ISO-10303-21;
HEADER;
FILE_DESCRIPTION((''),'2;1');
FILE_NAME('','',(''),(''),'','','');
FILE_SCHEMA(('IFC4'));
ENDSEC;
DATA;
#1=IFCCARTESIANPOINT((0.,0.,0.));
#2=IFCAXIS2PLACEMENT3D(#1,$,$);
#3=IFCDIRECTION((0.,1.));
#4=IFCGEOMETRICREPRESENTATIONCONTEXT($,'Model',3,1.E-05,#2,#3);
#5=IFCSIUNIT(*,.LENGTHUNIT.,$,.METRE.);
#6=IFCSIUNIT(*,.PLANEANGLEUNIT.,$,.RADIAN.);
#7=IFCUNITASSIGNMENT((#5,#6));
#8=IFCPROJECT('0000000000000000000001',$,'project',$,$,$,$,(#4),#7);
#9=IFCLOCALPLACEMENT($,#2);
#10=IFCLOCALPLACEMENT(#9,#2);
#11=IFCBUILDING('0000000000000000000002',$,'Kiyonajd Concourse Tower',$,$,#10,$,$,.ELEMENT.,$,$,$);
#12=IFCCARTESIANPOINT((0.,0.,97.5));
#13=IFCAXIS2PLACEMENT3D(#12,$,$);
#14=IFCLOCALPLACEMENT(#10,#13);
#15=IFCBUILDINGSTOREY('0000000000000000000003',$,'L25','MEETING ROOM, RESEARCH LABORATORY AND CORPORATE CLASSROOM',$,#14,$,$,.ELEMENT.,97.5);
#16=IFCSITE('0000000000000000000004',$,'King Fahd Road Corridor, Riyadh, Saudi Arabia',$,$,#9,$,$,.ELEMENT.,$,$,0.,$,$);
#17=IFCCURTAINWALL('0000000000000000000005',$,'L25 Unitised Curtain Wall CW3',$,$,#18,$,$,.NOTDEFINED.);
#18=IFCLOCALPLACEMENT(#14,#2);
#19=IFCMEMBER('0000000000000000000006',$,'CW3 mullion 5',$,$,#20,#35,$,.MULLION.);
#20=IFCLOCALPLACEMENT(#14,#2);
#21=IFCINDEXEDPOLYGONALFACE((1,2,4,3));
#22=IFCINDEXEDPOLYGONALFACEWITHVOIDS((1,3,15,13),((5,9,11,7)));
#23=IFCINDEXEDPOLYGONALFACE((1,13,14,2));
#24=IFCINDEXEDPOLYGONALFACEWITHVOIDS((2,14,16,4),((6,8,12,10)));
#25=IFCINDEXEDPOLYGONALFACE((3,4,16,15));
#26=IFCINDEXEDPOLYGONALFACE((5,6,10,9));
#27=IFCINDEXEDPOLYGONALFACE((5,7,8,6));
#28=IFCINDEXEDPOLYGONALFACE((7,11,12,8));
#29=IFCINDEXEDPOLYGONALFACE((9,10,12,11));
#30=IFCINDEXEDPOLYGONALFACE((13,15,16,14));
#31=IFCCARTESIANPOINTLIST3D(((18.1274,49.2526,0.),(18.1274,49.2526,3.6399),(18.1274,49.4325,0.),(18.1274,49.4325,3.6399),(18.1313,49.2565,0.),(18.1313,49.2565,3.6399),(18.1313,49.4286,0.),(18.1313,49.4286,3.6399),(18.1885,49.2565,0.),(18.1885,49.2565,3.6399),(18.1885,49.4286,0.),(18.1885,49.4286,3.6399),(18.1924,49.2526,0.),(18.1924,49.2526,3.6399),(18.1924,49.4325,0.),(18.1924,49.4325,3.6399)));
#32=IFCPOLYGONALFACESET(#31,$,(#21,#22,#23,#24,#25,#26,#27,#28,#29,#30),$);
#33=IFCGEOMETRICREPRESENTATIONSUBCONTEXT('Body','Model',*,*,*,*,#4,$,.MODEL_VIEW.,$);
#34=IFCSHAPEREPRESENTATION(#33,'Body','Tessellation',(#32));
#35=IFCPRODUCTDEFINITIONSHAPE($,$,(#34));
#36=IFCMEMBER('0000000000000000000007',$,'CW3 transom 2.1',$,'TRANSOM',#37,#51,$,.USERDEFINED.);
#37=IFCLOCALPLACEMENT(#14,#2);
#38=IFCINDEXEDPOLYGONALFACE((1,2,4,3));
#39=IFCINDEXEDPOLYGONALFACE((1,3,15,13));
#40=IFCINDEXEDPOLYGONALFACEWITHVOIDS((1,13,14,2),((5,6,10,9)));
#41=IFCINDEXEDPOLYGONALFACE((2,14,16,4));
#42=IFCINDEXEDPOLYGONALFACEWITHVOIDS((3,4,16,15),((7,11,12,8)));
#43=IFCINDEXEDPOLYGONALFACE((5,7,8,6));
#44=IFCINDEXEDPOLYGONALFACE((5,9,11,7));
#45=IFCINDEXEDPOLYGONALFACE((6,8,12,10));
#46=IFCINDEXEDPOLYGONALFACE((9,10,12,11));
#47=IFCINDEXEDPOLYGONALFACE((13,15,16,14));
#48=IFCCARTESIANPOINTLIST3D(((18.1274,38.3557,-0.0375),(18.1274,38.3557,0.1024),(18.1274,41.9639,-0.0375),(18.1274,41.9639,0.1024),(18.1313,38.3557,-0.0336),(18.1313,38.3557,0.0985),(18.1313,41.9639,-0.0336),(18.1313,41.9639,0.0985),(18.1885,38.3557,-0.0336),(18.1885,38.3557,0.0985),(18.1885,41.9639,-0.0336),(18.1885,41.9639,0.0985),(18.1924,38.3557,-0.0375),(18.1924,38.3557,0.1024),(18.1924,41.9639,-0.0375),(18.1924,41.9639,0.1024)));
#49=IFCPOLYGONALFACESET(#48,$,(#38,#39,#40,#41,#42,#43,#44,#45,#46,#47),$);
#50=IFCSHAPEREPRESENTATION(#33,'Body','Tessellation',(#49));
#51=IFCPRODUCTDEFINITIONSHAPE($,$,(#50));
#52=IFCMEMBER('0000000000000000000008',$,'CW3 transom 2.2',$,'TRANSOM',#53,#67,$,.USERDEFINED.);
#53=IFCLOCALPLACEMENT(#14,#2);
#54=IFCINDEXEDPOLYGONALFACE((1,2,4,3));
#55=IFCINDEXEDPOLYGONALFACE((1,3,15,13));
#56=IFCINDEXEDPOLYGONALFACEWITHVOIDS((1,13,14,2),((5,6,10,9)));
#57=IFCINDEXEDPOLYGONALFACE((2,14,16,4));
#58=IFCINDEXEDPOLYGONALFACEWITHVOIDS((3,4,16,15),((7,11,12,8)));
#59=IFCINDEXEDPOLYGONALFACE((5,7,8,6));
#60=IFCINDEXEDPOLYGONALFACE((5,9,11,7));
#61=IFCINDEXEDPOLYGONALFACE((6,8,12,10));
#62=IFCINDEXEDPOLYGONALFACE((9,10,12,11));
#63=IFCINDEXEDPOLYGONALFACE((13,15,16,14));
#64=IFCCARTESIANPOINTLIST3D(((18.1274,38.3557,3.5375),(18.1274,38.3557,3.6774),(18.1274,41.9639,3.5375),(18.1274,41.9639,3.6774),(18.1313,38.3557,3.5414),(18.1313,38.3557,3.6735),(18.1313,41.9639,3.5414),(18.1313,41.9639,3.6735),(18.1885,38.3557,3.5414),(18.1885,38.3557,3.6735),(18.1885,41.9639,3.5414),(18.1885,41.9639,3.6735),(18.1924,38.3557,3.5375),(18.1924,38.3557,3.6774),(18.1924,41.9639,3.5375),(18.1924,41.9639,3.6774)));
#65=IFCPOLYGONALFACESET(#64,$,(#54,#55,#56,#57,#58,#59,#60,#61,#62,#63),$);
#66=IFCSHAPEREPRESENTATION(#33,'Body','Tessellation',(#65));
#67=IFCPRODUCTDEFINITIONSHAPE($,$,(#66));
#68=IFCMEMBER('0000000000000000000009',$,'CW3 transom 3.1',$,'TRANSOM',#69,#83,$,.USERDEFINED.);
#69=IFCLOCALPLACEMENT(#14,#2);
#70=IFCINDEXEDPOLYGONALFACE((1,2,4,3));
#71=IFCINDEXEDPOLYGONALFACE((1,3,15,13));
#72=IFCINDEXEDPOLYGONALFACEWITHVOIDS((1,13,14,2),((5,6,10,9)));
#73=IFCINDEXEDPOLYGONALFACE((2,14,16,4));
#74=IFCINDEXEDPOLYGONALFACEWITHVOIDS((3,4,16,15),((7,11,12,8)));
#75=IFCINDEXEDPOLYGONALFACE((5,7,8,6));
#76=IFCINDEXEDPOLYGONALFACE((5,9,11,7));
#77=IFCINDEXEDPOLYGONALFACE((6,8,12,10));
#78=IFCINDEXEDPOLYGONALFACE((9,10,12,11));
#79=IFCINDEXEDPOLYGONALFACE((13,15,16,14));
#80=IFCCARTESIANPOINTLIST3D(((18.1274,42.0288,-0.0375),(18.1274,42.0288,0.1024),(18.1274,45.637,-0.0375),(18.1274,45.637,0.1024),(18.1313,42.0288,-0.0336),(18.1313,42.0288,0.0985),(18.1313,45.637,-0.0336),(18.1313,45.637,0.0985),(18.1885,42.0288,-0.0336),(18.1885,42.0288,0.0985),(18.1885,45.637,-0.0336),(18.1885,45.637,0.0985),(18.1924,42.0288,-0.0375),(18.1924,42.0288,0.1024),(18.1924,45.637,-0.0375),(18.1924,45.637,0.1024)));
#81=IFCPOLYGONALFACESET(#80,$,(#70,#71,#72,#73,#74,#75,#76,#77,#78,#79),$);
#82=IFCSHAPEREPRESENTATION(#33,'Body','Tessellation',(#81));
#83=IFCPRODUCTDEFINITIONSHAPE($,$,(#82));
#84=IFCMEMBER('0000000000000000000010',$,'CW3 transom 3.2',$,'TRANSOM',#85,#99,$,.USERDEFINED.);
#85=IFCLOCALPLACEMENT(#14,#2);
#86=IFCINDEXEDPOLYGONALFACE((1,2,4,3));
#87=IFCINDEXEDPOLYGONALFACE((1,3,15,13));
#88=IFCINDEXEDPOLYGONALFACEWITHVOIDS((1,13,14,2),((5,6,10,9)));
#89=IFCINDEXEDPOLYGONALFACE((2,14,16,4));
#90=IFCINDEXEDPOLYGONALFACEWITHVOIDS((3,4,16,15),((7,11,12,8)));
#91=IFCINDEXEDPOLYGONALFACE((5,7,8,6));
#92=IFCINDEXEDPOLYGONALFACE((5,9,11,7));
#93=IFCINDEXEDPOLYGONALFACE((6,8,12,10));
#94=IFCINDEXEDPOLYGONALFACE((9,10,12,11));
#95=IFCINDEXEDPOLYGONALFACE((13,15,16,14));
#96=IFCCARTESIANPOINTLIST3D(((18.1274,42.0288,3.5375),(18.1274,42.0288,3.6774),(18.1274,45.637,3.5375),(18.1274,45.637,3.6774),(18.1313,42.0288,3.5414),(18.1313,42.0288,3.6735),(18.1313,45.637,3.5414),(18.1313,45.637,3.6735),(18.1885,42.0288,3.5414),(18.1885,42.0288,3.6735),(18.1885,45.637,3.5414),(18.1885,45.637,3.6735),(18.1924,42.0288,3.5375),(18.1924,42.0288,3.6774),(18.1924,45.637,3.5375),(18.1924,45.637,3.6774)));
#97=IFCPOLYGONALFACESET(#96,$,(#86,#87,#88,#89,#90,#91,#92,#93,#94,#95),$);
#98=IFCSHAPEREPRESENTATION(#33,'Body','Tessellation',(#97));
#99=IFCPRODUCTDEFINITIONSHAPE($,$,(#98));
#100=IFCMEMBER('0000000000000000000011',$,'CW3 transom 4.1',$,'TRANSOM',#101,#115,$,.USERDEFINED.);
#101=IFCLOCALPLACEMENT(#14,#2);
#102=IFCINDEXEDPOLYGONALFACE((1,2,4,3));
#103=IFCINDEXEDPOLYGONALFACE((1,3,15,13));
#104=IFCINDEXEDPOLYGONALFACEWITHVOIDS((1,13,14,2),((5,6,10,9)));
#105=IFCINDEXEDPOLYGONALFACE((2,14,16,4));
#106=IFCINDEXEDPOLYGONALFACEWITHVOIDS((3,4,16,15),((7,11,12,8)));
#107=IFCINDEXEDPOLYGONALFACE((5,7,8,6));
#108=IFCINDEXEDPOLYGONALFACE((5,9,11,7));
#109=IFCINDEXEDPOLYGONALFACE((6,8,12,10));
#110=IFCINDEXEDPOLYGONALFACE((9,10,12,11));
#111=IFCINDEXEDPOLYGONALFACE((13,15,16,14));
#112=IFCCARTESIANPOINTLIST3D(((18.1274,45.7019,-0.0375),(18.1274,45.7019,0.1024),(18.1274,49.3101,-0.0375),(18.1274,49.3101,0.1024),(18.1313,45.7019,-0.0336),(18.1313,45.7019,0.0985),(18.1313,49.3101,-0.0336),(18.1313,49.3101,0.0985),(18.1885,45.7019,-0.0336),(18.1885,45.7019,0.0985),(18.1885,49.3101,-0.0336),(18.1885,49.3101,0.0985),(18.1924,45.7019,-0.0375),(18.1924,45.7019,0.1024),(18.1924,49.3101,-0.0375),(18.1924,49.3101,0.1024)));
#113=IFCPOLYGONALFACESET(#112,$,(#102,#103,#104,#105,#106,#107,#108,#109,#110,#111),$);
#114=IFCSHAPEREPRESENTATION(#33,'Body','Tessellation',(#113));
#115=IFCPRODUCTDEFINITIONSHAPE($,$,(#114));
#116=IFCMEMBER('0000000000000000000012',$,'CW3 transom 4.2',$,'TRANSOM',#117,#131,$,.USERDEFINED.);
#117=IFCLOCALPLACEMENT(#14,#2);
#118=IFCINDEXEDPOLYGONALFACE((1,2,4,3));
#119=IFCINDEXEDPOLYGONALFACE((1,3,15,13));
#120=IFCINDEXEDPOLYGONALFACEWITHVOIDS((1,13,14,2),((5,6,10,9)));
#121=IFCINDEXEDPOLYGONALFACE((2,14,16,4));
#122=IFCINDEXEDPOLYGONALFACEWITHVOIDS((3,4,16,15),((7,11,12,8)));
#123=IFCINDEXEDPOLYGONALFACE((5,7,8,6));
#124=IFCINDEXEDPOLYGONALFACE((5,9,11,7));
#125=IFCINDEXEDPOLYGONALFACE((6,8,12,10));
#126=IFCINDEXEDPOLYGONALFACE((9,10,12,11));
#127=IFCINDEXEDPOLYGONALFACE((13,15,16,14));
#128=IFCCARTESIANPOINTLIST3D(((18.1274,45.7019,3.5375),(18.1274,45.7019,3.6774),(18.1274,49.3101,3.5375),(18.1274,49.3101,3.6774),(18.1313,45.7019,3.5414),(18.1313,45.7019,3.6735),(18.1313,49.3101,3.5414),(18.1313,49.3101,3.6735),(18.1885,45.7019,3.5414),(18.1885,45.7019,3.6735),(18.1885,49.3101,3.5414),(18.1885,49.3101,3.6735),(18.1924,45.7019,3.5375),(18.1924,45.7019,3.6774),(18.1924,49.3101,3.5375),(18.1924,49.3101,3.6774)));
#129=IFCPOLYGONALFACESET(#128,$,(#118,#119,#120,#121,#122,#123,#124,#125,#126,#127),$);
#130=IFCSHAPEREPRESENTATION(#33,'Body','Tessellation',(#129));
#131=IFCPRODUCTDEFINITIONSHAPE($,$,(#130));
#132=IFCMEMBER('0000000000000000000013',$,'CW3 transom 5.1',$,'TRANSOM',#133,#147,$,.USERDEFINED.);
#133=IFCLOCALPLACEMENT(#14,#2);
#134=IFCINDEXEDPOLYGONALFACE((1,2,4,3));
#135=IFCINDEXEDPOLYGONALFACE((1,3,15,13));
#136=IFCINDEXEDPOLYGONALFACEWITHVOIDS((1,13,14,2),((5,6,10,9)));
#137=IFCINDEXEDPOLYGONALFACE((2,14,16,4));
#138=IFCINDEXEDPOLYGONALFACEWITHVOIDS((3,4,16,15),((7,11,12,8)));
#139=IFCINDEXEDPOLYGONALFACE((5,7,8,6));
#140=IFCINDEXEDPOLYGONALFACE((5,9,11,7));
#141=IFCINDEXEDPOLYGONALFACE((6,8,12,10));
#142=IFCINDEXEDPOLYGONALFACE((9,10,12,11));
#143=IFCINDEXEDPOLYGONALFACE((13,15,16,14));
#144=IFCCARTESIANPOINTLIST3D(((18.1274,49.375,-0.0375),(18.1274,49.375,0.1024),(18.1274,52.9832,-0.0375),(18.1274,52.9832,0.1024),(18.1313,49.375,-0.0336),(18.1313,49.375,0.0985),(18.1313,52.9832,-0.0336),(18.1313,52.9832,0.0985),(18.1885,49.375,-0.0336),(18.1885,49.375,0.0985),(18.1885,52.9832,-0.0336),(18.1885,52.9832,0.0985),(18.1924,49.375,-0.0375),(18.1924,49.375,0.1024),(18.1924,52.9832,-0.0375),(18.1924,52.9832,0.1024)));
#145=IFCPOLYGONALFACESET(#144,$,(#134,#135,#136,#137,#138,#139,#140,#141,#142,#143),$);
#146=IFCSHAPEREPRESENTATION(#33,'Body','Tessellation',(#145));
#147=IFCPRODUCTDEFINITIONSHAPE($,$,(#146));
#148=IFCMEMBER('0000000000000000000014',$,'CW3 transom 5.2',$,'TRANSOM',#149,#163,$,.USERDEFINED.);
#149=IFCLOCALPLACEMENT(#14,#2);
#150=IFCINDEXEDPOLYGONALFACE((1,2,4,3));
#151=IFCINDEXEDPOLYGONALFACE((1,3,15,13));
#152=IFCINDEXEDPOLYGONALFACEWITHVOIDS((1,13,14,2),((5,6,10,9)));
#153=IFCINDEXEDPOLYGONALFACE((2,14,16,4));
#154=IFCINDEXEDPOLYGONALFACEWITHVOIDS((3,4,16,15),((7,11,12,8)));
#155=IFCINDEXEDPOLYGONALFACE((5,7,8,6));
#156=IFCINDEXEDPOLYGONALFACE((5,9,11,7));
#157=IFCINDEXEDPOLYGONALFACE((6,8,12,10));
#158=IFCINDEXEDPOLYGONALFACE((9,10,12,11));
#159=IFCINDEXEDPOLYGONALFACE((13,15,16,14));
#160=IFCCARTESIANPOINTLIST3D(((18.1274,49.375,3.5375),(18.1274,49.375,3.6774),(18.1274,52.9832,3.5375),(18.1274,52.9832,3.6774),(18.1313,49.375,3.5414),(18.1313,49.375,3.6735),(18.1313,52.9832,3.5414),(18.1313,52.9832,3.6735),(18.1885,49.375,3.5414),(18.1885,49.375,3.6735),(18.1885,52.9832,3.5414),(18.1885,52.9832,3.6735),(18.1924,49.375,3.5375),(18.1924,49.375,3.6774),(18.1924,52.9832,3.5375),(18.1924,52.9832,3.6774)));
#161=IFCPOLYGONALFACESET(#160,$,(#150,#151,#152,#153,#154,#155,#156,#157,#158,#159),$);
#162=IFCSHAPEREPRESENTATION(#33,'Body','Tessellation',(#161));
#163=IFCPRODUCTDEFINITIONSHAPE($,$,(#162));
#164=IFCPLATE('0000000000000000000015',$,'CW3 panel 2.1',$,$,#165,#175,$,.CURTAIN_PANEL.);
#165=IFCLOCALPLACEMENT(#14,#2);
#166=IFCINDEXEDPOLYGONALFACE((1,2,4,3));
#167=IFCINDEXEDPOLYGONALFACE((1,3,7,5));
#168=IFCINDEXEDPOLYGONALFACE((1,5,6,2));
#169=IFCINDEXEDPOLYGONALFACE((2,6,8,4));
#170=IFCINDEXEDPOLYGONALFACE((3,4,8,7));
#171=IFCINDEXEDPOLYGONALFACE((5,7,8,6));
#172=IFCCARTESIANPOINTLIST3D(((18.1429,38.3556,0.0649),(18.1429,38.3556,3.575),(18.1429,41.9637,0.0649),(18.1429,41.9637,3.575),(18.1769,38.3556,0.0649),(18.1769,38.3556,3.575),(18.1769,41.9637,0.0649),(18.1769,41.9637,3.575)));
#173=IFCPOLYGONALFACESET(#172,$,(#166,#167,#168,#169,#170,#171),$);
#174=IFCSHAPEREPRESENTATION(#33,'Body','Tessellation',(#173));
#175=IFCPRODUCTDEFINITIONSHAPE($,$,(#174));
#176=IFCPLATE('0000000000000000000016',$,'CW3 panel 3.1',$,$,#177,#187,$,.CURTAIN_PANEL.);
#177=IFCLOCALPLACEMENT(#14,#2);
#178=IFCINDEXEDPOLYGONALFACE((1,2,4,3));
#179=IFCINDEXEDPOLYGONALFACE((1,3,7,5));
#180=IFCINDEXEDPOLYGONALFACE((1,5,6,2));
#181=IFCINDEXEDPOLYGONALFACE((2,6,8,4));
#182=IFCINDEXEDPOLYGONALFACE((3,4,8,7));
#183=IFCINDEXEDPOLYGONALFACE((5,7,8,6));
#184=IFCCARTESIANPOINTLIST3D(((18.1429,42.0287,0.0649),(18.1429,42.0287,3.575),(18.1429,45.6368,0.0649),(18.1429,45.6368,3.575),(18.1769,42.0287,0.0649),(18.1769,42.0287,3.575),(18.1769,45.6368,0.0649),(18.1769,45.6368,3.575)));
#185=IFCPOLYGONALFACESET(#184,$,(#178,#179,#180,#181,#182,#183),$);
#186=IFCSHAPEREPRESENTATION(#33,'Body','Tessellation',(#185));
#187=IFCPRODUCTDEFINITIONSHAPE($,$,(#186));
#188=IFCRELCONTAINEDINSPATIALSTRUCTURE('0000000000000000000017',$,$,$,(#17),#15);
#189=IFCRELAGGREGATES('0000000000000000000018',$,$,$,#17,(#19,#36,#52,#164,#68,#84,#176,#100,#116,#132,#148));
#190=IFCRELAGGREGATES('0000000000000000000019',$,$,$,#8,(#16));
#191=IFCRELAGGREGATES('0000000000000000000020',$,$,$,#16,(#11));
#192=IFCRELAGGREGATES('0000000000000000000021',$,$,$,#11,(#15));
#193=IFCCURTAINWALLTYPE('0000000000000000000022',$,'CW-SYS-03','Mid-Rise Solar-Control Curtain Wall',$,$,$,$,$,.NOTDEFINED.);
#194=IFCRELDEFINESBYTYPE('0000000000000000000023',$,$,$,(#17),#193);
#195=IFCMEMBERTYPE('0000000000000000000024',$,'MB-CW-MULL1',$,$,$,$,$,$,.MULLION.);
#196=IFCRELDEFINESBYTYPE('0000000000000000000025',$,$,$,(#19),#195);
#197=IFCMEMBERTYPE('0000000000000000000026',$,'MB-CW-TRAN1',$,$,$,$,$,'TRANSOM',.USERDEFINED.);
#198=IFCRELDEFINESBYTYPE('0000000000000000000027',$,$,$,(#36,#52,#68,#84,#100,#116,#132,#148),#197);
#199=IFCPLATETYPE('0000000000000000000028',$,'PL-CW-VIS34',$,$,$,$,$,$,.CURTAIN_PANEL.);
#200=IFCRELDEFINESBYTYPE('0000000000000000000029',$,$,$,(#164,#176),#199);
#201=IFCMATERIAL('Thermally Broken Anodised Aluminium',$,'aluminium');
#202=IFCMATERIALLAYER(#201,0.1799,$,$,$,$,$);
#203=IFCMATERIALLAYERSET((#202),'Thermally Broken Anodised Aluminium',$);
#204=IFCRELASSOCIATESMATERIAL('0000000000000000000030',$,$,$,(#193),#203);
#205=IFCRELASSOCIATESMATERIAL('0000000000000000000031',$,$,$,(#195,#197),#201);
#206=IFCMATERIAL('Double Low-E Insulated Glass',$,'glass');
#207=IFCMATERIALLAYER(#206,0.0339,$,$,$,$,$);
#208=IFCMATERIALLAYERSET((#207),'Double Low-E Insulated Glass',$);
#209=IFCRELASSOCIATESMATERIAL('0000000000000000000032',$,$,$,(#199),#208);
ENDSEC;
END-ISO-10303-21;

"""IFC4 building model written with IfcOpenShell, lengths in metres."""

from ifc_helpers import new_model, si_unit, direction, frame, origin, origin_2d, place, context, subcontext, project, spatial, rectangle, hollow_rectangle, extrude, material, layer, layer_set, material_profile, profile_set, type_object, element, aggregate, save


model = new_model("IFC4")

# Units and contexts
model_context = context("Model", 3, precision=1e-05, world=origin(), true_north=direction((0.0, 1.0)))
body_context = subcontext(model_context, "Body", "Model", "MODEL_VIEW")
ifc_project = project(units=[si_unit("LENGTHUNIT", "METRE"), si_unit("PLANEANGLEUNIT", "RADIAN")], contexts=[model_context])

# Site, building, storey
site_placement = place(None, origin())
site = spatial("IfcSite", under=ifc_project, at=site_placement, Name="King Fahd Road Corridor, Riyadh, Saudi Arabia", CompositionType="ELEMENT", RefElevation=0.0)
building_placement = place(site_placement, origin())
building = spatial("IfcBuilding", under=site, at=building_placement, Name="Kiyonajd Concourse Tower", CompositionType="ELEMENT")
storey_placement = place(building_placement, frame((0.0, 0.0, 97.5)))
storey = spatial("IfcBuildingStorey", under=building, at=storey_placement, Name="L25", Description="MEETING ROOM, RESEARCH LABORATORY AND CORPORATE CLASSROOM", CompositionType="ELEMENT", Elevation=97.5)

# Curtain wall, members, plates
ifc_material_1 = material(Name="Thermally Broken Anodised Aluminium", Category="aluminium")
ifc_layer_1 = layer(ifc_material_1, 0.1799)
ifc_layer_set_1 = layer_set([ifc_layer_1], Name="Thermally Broken Anodised Aluminium")
curtain_wall_type = type_object("IfcCurtainWallType", Name="CW-SYS-03", Description="Mid-Rise Solar-Control Curtain Wall", PredefinedType="NOTDEFINED", material=ifc_layer_set_1)
curtain_wall_placement = place(storey_placement, origin())
curtain_wall = element("IfcCurtainWall", 1, at=curtain_wall_placement, inside=storey, type_object=curtain_wall_type, Name="L25 Unitised Curtain Wall CW3", PredefinedType="NOTDEFINED")
ifc_material_profile_1 = material_profile(ifc_material_1, hollow_rectangle(XDim=0.0649, YDim=0.1799, WallThickness=0.0039, at=origin_2d()), Name="MULL-65x180")
ifc_profile_set_1 = profile_set([ifc_material_profile_1], Name="Thermally Broken Anodised Aluminium")
member_type_1 = type_object("IfcMemberType", Name="MB-CW-MULL1", PredefinedType="MULLION", material=ifc_profile_set_1)
member_1_placement = place(storey_placement, frame((18.1599, 49.3425, 0.0), z_axis=(0.0, 0.0, 1.0), x_axis=(-1.0, 0.0, 0.0)))
member_1 = element("IfcMember", 2, at=member_1_placement, type_object=member_type_1, Name="CW3 mullion 5", PredefinedType="MULLION", context=body_context, shape_type="SweptSolid", body=[
    extrude(hollow_rectangle(XDim=0.0649, YDim=0.1799, WallThickness=0.0039, at=origin_2d()), origin(), (0.0, 0.0, 1.0), 3.6399),
])
ifc_material_profile_2 = material_profile(ifc_material_1, hollow_rectangle(XDim=0.0649, YDim=0.1399, WallThickness=0.0039, at=origin_2d()), Name="TRAN-65x140")
ifc_profile_set_2 = profile_set([ifc_material_profile_2], Name="Thermally Broken Anodised Aluminium")
member_type_2 = type_object("IfcMemberType", Name="MB-CW-TRAN1", ElementType="TRANSOM", PredefinedType="USERDEFINED", material=ifc_profile_set_2)
member_2_placement = place(storey_placement, frame((18.1599, 38.3557, 0.0325), z_axis=(0.0, 1.0, 0.0), x_axis=(-1.0, 0.0, 0.0)))
member_2 = element("IfcMember", 3, at=member_2_placement, type_object=member_type_2, Name="CW3 transom 2.1", ObjectType="TRANSOM", PredefinedType="USERDEFINED", context=body_context, shape_type="SweptSolid", body=[
    extrude(hollow_rectangle(XDim=0.0649, YDim=0.1399, WallThickness=0.0039, at=origin_2d()), origin(), (0.0, 0.0, 1.0), 3.6082),
])
member_3_placement = place(storey_placement, frame((18.1599, 38.3557, 3.6074), z_axis=(0.0, 1.0, 0.0), x_axis=(-1.0, 0.0, 0.0)))
member_3 = element("IfcMember", 4, at=member_3_placement, type_object=member_type_2, Name="CW3 transom 2.2", ObjectType="TRANSOM", PredefinedType="USERDEFINED", context=body_context, shape_type="SweptSolid", body=[
    extrude(hollow_rectangle(XDim=0.0649, YDim=0.1399, WallThickness=0.0039, at=origin_2d()), origin(), (0.0, 0.0, 1.0), 3.6082),
])
member_4_placement = place(storey_placement, frame((18.1599, 42.0288, 0.0325), z_axis=(0.0, 1.0, 0.0), x_axis=(-1.0, 0.0, 0.0)))
member_4 = element("IfcMember", 5, at=member_4_placement, type_object=member_type_2, Name="CW3 transom 3.1", ObjectType="TRANSOM", PredefinedType="USERDEFINED", context=body_context, shape_type="SweptSolid", body=[
    extrude(hollow_rectangle(XDim=0.0649, YDim=0.1399, WallThickness=0.0039, at=origin_2d()), origin(), (0.0, 0.0, 1.0), 3.6082),
])
member_5_placement = place(storey_placement, frame((18.1599, 42.0288, 3.6074), z_axis=(0.0, 1.0, 0.0), x_axis=(-1.0, 0.0, 0.0)))
member_5 = element("IfcMember", 6, at=member_5_placement, type_object=member_type_2, Name="CW3 transom 3.2", ObjectType="TRANSOM", PredefinedType="USERDEFINED", context=body_context, shape_type="SweptSolid", body=[
    extrude(hollow_rectangle(XDim=0.0649, YDim=0.1399, WallThickness=0.0039, at=origin_2d()), origin(), (0.0, 0.0, 1.0), 3.6082),
])
member_6_placement = place(storey_placement, frame((18.1599, 45.7019, 0.0325), z_axis=(0.0, 1.0, 0.0), x_axis=(-1.0, 0.0, 0.0)))
member_6 = element("IfcMember", 7, at=member_6_placement, type_object=member_type_2, Name="CW3 transom 4.1", ObjectType="TRANSOM", PredefinedType="USERDEFINED", context=body_context, shape_type="SweptSolid", body=[
    extrude(hollow_rectangle(XDim=0.0649, YDim=0.1399, WallThickness=0.0039, at=origin_2d()), origin(), (0.0, 0.0, 1.0), 3.6082),
])
member_7_placement = place(storey_placement, frame((18.1599, 45.7019, 3.6074), z_axis=(0.0, 1.0, 0.0), x_axis=(-1.0, 0.0, 0.0)))
member_7 = element("IfcMember", 8, at=member_7_placement, type_object=member_type_2, Name="CW3 transom 4.2", ObjectType="TRANSOM", PredefinedType="USERDEFINED", context=body_context, shape_type="SweptSolid", body=[
    extrude(hollow_rectangle(XDim=0.0649, YDim=0.1399, WallThickness=0.0039, at=origin_2d()), origin(), (0.0, 0.0, 1.0), 3.6082),
])
member_8_placement = place(storey_placement, frame((18.1599, 49.375, 0.0325), z_axis=(0.0, 1.0, 0.0), x_axis=(-1.0, 0.0, 0.0)))
member_8 = element("IfcMember", 9, at=member_8_placement, type_object=member_type_2, Name="CW3 transom 5.1", ObjectType="TRANSOM", PredefinedType="USERDEFINED", context=body_context, shape_type="SweptSolid", body=[
    extrude(hollow_rectangle(XDim=0.0649, YDim=0.1399, WallThickness=0.0039, at=origin_2d()), origin(), (0.0, 0.0, 1.0), 3.6082),
])
member_9_placement = place(storey_placement, frame((18.1599, 49.375, 3.6074), z_axis=(0.0, 1.0, 0.0), x_axis=(-1.0, 0.0, 0.0)))
member_9 = element("IfcMember", 10, at=member_9_placement, type_object=member_type_2, Name="CW3 transom 5.2", ObjectType="TRANSOM", PredefinedType="USERDEFINED", context=body_context, shape_type="SweptSolid", body=[
    extrude(hollow_rectangle(XDim=0.0649, YDim=0.1399, WallThickness=0.0039, at=origin_2d()), origin(), (0.0, 0.0, 1.0), 3.6082),
])
ifc_material_2 = material(Name="Double Low-E Insulated Glass", Category="glass")
ifc_layer_2 = layer(ifc_material_2, 0.0339)
ifc_layer_set_2 = layer_set([ifc_layer_2], Name="Double Low-E Insulated Glass")
plate_type = type_object("IfcPlateType", Name="PL-CW-VIS34", PredefinedType="CURTAIN_PANEL", material=ifc_layer_set_2)
plate_1_placement = place(storey_placement, frame((18.1599, 40.1597, 0.0649), z_axis=(0.0, 0.0, 1.0), x_axis=(0.0, 1.0, 0.0)))
plate_1 = element("IfcPlate", 11, at=plate_1_placement, type_object=plate_type, Name="CW3 panel 2.1", PredefinedType="CURTAIN_PANEL", context=body_context, shape_type="SweptSolid", body=[
    extrude(rectangle(XDim=3.6082, YDim=0.0339, at=origin_2d()), origin(), (0.0, 0.0, 1.0), 3.51),
])
plate_2_placement = place(storey_placement, frame((18.1599, 43.8328, 0.0649), z_axis=(0.0, 0.0, 1.0), x_axis=(0.0, 1.0, 0.0)))
plate_2 = element("IfcPlate", 12, at=plate_2_placement, type_object=plate_type, Name="CW3 panel 3.1", PredefinedType="CURTAIN_PANEL", context=body_context, shape_type="SweptSolid", body=[
    extrude(rectangle(XDim=3.6082, YDim=0.0339, at=origin_2d()), origin(), (0.0, 0.0, 1.0), 3.51),
])
aggregate(curtain_wall, [member_1, member_2, member_3, plate_1, member_4, member_5, plate_2, member_6, member_7, member_8, member_9])

save(model, "model.ifc")
